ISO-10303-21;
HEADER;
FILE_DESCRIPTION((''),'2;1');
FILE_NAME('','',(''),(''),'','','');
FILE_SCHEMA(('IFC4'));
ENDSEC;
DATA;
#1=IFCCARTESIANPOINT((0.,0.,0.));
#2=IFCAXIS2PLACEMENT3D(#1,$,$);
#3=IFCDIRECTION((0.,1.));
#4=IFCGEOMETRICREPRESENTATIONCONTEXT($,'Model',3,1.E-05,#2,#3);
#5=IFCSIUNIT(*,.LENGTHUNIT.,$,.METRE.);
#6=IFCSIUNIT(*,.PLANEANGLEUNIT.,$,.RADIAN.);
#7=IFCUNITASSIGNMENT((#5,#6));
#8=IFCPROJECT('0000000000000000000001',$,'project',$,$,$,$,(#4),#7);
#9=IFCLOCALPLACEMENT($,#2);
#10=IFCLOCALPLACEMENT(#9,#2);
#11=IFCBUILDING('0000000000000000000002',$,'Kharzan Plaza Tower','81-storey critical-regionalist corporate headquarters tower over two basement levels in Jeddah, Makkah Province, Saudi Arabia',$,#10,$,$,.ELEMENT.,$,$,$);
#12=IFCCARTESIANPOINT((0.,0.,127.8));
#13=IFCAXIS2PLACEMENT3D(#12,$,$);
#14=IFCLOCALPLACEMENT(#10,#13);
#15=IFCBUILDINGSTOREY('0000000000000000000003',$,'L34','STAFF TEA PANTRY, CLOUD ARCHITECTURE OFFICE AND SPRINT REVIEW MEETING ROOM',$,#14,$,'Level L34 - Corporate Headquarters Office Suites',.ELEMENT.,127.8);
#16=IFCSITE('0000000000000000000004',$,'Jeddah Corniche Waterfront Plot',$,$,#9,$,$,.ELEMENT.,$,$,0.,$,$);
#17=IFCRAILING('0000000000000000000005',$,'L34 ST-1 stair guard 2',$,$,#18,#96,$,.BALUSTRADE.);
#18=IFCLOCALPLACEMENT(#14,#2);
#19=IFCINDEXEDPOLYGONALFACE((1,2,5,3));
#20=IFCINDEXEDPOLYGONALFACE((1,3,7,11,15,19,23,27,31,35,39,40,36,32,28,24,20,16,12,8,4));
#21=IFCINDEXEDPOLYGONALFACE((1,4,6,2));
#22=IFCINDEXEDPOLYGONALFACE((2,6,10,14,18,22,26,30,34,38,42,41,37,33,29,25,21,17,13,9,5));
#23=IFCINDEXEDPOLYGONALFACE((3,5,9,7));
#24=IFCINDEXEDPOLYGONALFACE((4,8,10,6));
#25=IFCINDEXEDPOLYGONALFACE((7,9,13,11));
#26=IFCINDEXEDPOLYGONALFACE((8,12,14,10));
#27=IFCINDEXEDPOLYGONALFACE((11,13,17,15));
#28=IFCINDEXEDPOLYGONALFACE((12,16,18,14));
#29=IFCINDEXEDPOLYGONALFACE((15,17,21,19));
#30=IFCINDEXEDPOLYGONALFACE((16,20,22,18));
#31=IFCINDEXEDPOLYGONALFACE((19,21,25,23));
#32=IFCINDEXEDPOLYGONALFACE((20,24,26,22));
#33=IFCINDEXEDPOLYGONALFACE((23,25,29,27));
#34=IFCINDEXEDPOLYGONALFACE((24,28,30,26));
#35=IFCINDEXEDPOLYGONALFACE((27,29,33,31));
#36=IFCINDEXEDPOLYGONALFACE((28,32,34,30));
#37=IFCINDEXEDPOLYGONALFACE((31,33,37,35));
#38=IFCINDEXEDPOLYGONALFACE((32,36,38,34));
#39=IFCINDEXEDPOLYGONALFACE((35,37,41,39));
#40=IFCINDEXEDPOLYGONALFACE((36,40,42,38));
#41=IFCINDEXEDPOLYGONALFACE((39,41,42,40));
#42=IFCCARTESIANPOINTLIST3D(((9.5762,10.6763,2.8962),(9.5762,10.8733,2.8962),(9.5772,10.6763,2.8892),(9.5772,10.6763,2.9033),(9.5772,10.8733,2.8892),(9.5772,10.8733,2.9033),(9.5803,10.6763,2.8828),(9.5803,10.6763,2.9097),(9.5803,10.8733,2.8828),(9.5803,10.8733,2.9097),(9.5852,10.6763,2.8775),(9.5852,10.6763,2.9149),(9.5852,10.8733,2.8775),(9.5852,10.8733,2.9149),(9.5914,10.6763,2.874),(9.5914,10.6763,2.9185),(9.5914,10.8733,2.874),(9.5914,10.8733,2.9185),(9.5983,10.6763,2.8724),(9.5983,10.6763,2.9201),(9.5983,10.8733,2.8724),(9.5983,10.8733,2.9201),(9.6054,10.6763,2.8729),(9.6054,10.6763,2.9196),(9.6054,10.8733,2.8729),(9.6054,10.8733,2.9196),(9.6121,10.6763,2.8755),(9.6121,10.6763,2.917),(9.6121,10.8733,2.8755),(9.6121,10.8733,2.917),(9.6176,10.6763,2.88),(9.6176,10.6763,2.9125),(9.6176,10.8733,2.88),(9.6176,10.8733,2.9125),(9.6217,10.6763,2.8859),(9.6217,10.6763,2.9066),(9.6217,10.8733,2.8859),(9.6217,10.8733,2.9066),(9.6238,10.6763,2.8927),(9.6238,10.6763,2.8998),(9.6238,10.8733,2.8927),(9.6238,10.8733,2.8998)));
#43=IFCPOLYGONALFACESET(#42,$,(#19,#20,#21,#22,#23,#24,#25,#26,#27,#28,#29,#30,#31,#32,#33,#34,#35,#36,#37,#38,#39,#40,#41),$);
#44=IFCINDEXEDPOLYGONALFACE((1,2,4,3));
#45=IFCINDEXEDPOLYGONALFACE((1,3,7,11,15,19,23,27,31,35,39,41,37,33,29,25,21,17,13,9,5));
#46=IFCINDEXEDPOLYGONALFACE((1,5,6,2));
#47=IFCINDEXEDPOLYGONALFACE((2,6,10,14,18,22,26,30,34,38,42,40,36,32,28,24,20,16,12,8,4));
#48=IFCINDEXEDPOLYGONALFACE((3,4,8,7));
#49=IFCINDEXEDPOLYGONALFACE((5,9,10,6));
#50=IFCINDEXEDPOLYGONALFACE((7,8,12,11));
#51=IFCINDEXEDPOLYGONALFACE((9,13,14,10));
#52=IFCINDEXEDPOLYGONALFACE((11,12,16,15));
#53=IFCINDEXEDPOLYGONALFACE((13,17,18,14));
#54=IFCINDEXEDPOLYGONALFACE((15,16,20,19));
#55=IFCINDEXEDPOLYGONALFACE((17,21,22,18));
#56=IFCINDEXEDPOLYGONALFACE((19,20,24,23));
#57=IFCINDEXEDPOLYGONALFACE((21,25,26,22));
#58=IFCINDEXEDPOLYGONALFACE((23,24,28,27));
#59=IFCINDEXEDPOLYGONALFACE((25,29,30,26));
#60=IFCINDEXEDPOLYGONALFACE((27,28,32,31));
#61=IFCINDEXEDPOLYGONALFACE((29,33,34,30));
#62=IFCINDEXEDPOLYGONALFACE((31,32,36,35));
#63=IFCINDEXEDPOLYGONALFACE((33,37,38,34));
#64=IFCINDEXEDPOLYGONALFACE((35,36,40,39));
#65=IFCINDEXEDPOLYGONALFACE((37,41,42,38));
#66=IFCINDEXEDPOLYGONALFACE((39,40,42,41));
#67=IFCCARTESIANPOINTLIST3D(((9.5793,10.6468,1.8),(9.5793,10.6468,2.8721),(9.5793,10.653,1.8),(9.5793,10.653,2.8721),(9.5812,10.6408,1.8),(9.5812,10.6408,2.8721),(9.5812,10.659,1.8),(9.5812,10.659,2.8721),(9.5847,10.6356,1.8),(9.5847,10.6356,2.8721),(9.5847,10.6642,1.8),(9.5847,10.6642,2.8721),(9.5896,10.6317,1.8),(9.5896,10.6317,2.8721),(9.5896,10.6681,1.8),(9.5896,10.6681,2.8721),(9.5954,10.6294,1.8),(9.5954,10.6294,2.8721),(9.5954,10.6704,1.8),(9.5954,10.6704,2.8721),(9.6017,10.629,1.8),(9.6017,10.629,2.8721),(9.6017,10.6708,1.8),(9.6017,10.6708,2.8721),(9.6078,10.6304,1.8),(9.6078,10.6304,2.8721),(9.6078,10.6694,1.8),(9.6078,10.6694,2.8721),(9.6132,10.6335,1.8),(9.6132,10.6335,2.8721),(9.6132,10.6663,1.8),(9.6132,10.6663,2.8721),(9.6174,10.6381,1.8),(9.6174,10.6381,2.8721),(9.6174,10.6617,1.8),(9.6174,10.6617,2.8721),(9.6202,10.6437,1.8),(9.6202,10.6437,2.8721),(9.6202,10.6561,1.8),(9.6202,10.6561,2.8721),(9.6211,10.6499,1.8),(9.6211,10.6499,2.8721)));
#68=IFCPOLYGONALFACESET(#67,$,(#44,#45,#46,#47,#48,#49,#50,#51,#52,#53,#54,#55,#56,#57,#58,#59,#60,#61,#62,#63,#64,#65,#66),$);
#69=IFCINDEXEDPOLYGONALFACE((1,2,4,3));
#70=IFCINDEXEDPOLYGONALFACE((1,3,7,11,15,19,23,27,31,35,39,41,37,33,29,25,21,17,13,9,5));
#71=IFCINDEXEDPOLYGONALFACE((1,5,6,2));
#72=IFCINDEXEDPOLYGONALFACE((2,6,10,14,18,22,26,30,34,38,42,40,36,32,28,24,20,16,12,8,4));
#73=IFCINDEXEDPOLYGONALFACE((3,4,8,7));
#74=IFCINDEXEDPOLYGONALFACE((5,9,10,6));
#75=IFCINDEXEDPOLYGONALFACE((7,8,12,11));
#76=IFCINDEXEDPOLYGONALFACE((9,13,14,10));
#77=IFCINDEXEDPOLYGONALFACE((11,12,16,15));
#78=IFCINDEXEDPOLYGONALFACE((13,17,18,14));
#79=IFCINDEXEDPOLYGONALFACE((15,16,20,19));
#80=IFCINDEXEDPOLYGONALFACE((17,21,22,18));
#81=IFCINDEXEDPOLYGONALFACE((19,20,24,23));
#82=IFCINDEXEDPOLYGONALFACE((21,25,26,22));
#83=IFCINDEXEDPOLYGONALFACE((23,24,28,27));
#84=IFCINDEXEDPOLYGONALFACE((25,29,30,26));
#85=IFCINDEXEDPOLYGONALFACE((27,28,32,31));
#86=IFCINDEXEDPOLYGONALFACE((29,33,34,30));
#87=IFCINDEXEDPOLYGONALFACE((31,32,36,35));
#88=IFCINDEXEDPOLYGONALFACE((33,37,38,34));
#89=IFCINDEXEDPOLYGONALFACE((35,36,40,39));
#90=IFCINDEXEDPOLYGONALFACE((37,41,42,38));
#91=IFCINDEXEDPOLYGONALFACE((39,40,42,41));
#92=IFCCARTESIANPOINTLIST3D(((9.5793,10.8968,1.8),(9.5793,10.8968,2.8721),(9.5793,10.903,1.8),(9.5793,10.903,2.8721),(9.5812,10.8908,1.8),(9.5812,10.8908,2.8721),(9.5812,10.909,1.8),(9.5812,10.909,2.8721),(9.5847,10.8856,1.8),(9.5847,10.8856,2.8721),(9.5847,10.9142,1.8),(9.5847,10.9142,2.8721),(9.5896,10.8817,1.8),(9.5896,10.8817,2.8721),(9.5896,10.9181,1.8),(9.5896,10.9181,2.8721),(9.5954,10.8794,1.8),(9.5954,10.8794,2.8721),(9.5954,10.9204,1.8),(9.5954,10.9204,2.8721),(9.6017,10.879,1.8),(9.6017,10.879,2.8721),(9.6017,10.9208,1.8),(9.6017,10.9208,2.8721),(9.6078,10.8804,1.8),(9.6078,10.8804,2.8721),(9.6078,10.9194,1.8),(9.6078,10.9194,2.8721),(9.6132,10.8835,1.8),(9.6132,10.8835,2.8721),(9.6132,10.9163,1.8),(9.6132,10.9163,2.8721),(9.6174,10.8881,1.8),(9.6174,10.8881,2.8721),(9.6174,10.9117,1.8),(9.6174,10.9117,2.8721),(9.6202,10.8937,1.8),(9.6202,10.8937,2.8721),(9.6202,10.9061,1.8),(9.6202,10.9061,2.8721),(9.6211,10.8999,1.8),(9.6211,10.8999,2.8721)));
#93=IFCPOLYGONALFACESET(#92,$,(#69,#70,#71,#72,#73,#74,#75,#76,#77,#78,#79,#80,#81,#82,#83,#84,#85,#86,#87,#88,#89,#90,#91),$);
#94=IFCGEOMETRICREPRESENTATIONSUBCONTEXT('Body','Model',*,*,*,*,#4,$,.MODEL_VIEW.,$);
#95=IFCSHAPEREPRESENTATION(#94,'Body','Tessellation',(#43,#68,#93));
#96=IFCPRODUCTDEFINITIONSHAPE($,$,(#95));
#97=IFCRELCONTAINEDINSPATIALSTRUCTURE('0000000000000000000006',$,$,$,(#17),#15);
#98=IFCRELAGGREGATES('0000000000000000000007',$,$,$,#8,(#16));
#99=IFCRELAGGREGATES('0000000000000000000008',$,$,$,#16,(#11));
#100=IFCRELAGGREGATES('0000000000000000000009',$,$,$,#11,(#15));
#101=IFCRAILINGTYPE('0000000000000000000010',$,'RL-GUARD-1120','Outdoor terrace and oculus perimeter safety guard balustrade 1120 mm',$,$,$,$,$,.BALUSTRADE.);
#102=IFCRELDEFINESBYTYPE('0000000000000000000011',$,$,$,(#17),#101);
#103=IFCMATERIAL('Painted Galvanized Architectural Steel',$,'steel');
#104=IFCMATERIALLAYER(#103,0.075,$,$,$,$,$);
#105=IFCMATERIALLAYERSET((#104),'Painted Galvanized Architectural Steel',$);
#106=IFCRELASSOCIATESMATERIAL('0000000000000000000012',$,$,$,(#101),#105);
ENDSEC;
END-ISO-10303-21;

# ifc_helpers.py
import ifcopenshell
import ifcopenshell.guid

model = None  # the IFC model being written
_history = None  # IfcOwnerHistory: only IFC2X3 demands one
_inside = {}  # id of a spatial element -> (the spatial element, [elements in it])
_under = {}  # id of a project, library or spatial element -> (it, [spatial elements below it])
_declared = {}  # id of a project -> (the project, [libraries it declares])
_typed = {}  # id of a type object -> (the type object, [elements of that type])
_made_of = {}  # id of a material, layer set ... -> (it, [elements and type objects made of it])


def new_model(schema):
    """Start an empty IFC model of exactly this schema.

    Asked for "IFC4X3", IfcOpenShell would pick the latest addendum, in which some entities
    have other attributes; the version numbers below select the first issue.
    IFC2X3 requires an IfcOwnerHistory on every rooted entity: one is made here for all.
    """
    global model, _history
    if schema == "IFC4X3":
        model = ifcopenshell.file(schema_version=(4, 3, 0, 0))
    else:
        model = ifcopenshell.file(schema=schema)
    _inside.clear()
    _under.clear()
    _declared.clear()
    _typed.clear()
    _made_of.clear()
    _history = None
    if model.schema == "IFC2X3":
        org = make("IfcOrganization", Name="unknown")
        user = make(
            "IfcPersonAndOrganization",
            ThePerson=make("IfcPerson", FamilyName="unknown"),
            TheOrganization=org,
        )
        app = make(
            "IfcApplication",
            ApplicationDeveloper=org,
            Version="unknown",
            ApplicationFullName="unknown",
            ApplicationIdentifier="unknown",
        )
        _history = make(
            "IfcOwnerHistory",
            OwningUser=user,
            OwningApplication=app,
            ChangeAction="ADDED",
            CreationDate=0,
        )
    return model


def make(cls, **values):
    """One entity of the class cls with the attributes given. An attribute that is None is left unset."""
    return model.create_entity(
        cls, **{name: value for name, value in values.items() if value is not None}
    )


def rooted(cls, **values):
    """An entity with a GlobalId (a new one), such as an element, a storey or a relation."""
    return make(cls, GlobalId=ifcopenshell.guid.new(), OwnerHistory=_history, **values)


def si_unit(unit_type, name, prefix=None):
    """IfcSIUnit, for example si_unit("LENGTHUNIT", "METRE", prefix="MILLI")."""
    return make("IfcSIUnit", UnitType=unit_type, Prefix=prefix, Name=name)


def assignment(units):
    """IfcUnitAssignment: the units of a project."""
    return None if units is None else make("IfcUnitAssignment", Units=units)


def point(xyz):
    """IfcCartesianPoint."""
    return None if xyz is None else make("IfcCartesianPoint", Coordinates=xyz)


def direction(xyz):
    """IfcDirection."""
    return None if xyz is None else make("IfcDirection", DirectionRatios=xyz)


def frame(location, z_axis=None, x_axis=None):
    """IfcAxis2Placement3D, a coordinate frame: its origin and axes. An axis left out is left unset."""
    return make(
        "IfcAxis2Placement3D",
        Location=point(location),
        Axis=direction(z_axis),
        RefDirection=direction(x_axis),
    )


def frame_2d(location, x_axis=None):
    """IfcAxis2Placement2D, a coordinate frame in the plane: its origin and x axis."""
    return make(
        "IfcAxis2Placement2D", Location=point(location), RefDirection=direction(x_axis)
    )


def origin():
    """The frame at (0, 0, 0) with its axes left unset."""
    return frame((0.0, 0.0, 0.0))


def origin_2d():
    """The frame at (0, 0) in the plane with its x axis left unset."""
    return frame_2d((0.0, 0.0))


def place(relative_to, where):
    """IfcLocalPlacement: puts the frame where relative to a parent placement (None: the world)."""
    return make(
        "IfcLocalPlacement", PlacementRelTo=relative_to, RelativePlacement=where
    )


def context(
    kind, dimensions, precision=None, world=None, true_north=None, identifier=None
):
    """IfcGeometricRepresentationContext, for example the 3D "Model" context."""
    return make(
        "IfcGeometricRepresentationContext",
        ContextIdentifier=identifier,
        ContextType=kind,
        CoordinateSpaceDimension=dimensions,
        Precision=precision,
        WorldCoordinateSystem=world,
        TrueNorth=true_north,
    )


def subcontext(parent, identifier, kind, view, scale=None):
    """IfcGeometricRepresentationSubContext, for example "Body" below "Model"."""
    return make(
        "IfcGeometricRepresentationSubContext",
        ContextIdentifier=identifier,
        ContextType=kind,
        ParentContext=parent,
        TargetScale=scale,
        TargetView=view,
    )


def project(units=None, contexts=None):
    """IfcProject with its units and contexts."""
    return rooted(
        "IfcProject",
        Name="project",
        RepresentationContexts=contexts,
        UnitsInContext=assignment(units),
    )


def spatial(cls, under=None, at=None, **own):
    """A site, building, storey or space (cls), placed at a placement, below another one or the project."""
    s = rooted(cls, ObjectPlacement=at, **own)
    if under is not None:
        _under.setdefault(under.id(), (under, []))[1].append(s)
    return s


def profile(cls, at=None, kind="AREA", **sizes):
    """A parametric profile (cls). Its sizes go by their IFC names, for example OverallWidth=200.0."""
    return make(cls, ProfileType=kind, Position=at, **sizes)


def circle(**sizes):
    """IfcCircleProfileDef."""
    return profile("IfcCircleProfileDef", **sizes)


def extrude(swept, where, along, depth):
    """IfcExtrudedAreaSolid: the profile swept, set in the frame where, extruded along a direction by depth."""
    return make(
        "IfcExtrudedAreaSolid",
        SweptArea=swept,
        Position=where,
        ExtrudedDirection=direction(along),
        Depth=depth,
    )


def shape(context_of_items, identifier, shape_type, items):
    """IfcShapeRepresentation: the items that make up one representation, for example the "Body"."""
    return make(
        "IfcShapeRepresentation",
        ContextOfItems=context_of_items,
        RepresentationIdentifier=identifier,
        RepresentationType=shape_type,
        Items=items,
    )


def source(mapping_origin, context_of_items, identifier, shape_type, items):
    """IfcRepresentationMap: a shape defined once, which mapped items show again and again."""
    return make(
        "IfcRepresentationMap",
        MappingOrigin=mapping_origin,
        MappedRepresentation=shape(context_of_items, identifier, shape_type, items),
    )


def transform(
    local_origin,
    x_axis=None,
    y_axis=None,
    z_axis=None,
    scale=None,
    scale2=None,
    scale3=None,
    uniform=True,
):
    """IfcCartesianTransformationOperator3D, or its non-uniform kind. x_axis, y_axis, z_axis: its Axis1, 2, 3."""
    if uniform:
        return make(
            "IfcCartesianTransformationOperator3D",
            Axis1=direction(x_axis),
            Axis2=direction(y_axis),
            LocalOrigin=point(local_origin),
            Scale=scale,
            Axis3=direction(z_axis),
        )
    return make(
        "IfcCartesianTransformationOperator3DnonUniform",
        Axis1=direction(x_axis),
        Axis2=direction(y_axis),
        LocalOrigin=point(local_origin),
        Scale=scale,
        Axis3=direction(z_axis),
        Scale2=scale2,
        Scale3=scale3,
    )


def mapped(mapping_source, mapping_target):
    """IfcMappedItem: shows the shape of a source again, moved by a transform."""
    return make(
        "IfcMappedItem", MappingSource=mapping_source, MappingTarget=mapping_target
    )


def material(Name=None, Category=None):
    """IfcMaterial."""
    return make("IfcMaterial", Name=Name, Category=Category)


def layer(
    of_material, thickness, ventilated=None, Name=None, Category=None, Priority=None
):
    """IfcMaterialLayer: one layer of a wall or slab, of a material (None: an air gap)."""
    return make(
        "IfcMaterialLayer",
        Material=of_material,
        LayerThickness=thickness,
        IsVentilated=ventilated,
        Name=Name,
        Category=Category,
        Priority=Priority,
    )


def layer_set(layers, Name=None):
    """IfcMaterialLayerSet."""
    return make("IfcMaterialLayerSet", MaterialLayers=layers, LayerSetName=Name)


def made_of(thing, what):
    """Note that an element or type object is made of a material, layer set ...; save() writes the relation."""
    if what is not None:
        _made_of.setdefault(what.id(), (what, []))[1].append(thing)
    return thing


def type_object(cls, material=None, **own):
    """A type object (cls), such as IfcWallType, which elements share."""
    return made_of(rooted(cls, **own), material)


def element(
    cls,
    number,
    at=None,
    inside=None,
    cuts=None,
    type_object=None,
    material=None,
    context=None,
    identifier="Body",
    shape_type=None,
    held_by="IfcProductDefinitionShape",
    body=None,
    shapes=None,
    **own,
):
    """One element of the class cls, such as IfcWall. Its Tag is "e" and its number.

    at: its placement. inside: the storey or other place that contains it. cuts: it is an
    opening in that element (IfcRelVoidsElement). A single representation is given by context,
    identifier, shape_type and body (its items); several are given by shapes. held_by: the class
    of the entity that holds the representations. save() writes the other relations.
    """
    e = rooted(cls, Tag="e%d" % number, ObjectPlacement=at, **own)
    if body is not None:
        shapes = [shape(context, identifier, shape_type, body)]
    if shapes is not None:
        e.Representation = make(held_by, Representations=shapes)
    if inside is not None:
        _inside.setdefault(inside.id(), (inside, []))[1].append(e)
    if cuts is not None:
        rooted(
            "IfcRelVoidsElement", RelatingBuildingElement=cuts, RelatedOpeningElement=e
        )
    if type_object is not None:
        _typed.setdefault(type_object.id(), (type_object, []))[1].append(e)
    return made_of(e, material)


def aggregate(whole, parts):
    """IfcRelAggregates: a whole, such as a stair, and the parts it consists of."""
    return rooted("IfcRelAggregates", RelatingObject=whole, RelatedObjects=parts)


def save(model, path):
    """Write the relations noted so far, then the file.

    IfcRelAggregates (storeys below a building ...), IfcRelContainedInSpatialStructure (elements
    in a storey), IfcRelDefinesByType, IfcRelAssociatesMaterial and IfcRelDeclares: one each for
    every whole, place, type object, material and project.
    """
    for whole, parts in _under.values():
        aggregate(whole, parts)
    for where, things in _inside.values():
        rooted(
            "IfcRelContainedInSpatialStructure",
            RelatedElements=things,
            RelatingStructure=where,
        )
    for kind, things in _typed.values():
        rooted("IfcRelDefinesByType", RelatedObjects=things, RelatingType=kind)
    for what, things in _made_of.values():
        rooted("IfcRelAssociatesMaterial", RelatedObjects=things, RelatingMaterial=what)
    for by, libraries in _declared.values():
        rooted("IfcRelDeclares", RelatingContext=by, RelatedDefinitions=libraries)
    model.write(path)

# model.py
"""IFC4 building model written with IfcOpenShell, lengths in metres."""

from ifc_helpers import new_model, si_unit, direction, frame, origin, origin_2d, place, context, subcontext, project, spatial, circle, extrude, source, transform, mapped, material, layer, layer_set, type_object, element, save


model = new_model("IFC4")

# Units and contexts
model_context = context("Model", 3, precision=1e-05, world=origin(), true_north=direction((0.0, 1.0)))
body_context = subcontext(model_context, "Body", "Model", "MODEL_VIEW")
ifc_project = project(units=[si_unit("LENGTHUNIT", "METRE"), si_unit("PLANEANGLEUNIT", "RADIAN")], contexts=[model_context])

# Site, building, storey
site_placement = place(None, origin())
site = spatial("IfcSite", under=ifc_project, at=site_placement, Name="Jeddah Corniche Waterfront Plot", CompositionType="ELEMENT", RefElevation=0.0)
building_placement = place(site_placement, origin())
building = spatial("IfcBuilding", under=site, at=building_placement, Name="Kharzan Plaza Tower", Description="81-storey critical-regionalist corporate headquarters tower over two basement levels in Jeddah, Makkah Province, Saudi Arabia", CompositionType="ELEMENT")
storey_placement = place(building_placement, frame((0.0, 0.0, 127.8)))
storey = spatial("IfcBuildingStorey", under=building, at=storey_placement, Name="L34", Description="STAFF TEA PANTRY, CLOUD ARCHITECTURE OFFICE AND SPRINT REVIEW MEETING ROOM", LongName="Level L34 - Corporate Headquarters Office Suites", CompositionType="ELEMENT", Elevation=127.8)

# Railing
ifc_material_1 = material(Name="Painted Galvanized Architectural Steel", Category="steel")
ifc_layer_1 = layer(ifc_material_1, 0.075)
ifc_layer_set_1 = layer_set([ifc_layer_1], Name="Painted Galvanized Architectural Steel")
railing_type_1 = type_object("IfcRailingType", Name="RL-GUARD-1120", Description="Outdoor terrace and oculus perimeter safety guard balustrade 1120 mm", PredefinedType="BALUSTRADE", material=ifc_layer_set_1)
shared_shape_1 = source(origin(), body_context, "Body", "SweptSolid", [
    extrude(circle(Radius=0.0239, at=origin_2d()), frame((0.0, 0.0264, 1.0962), z_axis=(0.0, 1.0, 0.0), x_axis=(-1.0, 0.0, 0.0)), (0.0, 0.0, 1.0), 0.197),
    extrude(circle(Radius=0.021, at=origin_2d()), origin(), (0.0, 0.0, 1.0), 1.072),
    extrude(circle(Radius=0.021, at=origin_2d()), frame((0.0, 0.25, 0.0)), (0.0, 0.0, 1.0), 1.072),
])
railing_1_placement = place(storey_placement, frame((9.6001, 10.6499, 1.8)))
element("IfcRailing", 1, at=railing_1_placement, inside=storey, type_object=railing_type_1, Name="L34 ST-1 stair guard 2", PredefinedType="BALUSTRADE", context=body_context, shape_type="MappedRepresentation", body=[
    mapped(shared_shape_1, transform((0.0, 0.0, 0.0), x_axis=(1.0, 0.0, 0.0), y_axis=(0.0, 1.0, 0.0), z_axis=(0.0, 0.0, 1.0))),
])

save(model, "model.ifc")
